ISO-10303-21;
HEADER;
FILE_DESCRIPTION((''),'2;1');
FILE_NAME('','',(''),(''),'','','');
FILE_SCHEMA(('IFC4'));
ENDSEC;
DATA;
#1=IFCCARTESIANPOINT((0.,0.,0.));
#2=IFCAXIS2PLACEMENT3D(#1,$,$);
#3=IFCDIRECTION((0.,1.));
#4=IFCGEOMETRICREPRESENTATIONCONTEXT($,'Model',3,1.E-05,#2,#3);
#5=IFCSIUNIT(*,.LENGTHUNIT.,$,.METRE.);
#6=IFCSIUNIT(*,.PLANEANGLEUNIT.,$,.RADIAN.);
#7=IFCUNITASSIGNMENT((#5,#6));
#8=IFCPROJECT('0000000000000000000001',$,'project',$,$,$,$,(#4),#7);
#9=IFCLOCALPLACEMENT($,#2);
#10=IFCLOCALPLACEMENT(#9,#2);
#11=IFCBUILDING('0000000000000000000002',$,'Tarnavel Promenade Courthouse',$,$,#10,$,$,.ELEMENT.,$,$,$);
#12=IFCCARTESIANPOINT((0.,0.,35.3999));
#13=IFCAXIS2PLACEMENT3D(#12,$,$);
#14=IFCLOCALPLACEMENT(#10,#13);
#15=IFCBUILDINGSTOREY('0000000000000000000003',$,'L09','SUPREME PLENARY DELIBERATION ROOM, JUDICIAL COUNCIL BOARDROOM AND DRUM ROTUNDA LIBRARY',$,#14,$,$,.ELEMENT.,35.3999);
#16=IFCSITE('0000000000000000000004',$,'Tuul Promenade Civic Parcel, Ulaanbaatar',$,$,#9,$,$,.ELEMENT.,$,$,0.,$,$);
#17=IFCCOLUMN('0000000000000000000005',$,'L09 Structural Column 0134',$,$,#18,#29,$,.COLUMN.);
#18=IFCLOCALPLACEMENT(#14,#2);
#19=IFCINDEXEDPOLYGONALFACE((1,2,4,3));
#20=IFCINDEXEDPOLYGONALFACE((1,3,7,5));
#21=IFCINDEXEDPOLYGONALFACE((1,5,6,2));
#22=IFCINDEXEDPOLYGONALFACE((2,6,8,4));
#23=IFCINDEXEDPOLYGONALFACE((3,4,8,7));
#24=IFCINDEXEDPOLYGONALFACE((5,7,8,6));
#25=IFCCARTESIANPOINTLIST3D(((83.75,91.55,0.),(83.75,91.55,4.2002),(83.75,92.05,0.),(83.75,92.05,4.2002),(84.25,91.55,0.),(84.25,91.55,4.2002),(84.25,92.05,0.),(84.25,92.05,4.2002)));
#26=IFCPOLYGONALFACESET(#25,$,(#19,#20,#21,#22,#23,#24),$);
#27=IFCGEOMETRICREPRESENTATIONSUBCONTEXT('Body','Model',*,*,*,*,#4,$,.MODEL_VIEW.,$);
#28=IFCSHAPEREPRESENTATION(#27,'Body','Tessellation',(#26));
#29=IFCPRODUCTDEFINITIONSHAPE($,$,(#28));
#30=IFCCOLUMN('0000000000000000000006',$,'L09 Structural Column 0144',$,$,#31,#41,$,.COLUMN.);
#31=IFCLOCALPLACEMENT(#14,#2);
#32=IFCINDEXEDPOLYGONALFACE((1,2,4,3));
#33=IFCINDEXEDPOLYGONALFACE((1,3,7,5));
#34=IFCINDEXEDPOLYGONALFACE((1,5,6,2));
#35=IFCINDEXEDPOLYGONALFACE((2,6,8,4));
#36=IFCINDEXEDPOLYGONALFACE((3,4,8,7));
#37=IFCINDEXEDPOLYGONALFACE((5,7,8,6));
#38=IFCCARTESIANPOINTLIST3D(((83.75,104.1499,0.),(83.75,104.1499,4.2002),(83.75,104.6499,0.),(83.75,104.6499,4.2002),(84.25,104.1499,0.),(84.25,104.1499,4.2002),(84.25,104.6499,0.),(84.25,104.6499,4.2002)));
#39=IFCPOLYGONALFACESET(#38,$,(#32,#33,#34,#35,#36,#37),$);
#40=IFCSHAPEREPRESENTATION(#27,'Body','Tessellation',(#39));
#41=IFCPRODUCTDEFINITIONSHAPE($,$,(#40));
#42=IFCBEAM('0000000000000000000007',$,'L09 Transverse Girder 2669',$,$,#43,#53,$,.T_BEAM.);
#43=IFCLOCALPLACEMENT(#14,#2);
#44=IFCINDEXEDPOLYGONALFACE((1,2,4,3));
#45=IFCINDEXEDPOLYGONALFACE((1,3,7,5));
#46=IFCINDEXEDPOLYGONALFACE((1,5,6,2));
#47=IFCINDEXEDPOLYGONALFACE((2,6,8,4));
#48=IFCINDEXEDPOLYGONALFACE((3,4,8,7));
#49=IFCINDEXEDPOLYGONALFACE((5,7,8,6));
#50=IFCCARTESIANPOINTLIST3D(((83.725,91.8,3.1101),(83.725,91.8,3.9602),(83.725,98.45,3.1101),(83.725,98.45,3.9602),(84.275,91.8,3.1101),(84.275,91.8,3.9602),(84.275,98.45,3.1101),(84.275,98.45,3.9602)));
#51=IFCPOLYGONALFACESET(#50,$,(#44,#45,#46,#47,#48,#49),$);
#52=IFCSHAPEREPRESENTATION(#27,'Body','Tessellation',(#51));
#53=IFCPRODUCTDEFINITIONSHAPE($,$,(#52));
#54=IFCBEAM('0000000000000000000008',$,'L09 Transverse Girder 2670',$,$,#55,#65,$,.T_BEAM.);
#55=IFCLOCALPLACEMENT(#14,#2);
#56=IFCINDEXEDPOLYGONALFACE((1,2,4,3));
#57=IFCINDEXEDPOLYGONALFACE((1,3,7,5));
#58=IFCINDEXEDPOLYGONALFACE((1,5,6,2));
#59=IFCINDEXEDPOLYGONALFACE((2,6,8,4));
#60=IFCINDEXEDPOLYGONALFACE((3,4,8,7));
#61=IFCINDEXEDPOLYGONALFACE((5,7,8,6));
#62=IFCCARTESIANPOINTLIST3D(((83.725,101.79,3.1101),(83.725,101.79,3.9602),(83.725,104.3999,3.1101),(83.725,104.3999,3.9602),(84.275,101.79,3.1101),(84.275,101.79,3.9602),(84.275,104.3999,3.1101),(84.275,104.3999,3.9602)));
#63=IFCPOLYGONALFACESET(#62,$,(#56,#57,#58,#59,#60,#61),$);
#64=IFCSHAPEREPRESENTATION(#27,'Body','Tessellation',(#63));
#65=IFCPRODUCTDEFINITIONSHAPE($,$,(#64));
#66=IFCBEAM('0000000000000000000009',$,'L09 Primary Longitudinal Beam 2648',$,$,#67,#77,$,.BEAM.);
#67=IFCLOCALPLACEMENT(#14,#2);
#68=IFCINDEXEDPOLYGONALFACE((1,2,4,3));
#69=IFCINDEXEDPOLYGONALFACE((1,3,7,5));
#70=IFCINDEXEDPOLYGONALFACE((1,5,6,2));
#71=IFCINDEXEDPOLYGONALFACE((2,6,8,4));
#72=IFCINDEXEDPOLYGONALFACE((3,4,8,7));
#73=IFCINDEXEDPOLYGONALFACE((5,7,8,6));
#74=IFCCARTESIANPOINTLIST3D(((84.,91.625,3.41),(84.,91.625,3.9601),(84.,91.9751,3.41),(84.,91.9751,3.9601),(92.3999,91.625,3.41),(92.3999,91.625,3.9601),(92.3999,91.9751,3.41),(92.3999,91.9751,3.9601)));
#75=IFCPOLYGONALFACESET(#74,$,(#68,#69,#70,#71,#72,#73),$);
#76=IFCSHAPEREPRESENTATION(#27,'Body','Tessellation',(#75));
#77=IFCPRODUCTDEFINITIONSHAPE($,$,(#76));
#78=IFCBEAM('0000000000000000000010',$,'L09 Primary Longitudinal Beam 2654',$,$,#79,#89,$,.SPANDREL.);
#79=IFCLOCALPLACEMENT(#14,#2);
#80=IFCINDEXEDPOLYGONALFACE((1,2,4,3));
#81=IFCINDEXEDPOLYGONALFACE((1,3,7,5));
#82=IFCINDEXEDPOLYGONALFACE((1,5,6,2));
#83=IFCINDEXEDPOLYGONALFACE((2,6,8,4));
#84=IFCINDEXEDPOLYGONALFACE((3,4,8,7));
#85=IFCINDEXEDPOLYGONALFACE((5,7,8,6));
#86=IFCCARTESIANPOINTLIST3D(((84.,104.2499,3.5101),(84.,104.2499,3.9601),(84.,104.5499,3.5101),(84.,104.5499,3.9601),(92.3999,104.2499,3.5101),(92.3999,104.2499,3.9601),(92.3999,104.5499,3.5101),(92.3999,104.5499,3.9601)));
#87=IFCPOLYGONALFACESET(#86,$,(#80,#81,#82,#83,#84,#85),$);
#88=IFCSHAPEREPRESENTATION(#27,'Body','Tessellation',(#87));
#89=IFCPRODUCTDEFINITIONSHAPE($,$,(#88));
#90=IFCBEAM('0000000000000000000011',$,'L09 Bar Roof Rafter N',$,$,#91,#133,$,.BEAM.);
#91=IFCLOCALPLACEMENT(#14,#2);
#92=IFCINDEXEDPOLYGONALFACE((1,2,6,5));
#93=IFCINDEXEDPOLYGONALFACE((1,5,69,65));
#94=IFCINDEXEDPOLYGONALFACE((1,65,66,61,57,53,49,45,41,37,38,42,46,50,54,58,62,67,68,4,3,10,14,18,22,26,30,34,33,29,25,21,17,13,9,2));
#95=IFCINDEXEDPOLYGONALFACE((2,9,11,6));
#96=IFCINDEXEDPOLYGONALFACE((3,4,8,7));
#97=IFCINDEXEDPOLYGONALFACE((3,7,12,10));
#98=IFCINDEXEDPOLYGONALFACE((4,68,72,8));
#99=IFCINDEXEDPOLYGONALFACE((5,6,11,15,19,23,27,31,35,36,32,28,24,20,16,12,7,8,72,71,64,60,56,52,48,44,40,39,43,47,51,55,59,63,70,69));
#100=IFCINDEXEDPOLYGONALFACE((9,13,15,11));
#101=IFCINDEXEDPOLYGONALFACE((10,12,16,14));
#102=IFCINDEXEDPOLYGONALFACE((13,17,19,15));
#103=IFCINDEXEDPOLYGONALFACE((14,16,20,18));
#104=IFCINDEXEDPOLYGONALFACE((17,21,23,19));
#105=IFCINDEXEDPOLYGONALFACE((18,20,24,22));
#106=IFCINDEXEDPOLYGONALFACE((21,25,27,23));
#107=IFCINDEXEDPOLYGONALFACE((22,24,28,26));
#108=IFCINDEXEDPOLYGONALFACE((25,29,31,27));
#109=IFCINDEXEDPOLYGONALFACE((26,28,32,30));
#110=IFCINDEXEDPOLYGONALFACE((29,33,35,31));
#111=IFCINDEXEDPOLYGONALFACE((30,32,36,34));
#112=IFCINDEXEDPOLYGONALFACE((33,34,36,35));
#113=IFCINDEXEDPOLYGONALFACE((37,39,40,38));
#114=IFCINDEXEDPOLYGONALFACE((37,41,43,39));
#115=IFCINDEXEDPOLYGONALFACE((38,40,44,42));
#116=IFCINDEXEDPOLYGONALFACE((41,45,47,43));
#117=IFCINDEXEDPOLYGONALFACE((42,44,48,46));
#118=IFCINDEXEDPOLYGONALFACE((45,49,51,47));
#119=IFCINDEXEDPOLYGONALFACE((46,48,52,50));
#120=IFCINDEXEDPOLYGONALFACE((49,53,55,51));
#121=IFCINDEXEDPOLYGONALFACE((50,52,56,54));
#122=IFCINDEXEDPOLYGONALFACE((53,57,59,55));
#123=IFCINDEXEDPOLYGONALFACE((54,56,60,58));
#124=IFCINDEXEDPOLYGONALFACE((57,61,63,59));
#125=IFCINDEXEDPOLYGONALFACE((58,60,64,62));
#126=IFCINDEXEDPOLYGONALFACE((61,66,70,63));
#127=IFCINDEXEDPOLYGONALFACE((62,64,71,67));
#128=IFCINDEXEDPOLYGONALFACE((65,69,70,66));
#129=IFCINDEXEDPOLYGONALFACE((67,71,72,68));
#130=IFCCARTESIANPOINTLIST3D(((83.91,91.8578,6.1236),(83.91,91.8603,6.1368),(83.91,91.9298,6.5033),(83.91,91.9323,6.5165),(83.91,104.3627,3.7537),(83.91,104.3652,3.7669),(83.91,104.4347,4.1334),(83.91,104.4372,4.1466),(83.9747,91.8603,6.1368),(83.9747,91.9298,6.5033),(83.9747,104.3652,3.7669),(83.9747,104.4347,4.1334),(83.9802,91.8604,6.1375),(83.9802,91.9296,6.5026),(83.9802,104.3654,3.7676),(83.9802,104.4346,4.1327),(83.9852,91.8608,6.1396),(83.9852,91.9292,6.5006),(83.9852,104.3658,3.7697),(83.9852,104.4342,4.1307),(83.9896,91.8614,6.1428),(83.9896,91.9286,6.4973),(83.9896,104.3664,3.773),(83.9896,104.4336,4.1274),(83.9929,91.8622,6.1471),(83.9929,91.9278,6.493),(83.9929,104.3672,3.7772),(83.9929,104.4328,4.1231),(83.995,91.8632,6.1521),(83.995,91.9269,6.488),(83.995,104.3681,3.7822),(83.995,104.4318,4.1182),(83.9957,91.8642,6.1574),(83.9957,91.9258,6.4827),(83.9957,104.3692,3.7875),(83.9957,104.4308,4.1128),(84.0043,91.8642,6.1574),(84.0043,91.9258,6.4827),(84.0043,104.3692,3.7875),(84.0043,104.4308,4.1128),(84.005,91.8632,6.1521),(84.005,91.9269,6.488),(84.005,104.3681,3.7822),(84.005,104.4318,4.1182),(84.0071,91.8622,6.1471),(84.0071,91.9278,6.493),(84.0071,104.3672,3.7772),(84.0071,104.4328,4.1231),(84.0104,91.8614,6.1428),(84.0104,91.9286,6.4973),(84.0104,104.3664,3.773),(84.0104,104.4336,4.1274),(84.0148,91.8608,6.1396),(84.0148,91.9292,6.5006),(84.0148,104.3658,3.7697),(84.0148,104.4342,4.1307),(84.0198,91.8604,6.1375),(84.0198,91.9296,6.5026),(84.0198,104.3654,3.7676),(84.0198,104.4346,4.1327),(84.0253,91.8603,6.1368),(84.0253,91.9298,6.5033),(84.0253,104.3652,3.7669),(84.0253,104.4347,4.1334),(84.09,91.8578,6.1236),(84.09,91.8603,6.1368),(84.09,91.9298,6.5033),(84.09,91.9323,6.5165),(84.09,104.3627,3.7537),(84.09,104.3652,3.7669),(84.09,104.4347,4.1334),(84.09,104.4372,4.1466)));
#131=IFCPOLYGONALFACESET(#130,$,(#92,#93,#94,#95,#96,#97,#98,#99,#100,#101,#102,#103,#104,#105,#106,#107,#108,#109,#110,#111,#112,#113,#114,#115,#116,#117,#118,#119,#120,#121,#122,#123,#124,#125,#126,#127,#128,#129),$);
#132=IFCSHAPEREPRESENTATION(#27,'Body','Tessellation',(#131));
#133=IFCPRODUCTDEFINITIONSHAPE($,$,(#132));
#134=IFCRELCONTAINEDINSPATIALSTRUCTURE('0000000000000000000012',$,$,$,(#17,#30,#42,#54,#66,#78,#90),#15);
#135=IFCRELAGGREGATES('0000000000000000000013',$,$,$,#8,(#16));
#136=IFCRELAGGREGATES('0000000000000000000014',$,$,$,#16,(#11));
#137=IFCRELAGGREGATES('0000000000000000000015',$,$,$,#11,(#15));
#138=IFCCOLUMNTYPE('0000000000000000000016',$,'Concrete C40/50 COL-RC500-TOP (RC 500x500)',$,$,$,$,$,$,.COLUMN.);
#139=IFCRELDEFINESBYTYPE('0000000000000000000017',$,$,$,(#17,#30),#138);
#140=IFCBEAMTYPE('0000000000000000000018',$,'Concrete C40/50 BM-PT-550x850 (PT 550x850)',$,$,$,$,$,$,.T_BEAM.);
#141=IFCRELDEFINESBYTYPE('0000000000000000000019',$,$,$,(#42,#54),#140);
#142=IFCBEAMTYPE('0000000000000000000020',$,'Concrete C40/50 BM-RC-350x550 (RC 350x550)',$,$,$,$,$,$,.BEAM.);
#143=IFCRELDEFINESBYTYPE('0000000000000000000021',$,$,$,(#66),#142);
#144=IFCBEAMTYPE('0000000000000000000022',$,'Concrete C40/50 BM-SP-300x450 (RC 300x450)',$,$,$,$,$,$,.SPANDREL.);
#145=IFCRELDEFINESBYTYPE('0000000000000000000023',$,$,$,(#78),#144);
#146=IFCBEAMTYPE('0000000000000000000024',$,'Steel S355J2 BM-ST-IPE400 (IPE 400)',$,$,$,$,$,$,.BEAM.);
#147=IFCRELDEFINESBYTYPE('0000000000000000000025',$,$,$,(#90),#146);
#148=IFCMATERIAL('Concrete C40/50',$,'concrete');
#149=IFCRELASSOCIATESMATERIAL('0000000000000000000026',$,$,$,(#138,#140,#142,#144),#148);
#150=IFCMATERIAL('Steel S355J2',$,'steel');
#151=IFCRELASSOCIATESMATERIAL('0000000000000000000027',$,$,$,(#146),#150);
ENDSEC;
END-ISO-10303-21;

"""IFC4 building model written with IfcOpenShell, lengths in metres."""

from ifc_helpers import new_model, si_unit, direction, frame, origin, origin_2d, place, context, subcontext, project, spatial, rectangle, i_section, extrude, material, material_profile, profile_set, type_object, element, save


model = new_model("IFC4")

# Units and contexts
model_context = context("Model", 3, precision=1e-05, world=origin(), true_north=direction((0.0, 1.0)))
body_context = subcontext(model_context, "Body", "Model", "MODEL_VIEW")
ifc_project = project(units=[si_unit("LENGTHUNIT", "METRE"), si_unit("PLANEANGLEUNIT", "RADIAN")], contexts=[model_context])

# Site, building, storey
site_placement = place(None, origin())
site = spatial("IfcSite", under=ifc_project, at=site_placement, Name="Tuul Promenade Civic Parcel, Ulaanbaatar", CompositionType="ELEMENT", RefElevation=0.0)
building_placement = place(site_placement, origin())
building = spatial("IfcBuilding", under=site, at=building_placement, Name="Tarnavel Promenade Courthouse", CompositionType="ELEMENT")
storey_placement = place(building_placement, frame((0.0, 0.0, 35.3999)))
storey = spatial("IfcBuildingStorey", under=building, at=storey_placement, Name="L09", Description="SUPREME PLENARY DELIBERATION ROOM, JUDICIAL COUNCIL BOARDROOM AND DRUM ROTUNDA LIBRARY", CompositionType="ELEMENT", Elevation=35.3999)

# Columns
ifc_material_1 = material(Name="Concrete C40/50", Category="concrete")
ifc_material_profile_1 = material_profile(ifc_material_1, rectangle(XDim=0.5, YDim=0.5, at=origin_2d()), Name="RC 500x500")
ifc_profile_set_1 = profile_set([ifc_material_profile_1], Name="Concrete C40/50")
column_type = type_object("IfcColumnType", Name="Concrete C40/50 COL-RC500-TOP (RC 500x500)", PredefinedType="COLUMN", material=ifc_profile_set_1)
for number, where, z_axis, x_axis, name in (
    (1, (84.0, 91.8, 0.0), (0.0, 0.0, 1.0), (1.0, 0.0, 0.0), "L09 Structural Column 0134"),
    (2, (84.0, 104.3999, 0.0), (0.0, 0.0, 1.0), (1.0, 0.0, 0.0), "L09 Structural Column 0144"),
):
    element("IfcColumn", number, at=place(storey_placement, frame(where, z_axis=z_axis, x_axis=x_axis)), inside=storey, type_object=column_type, Name=name, PredefinedType="COLUMN", context=body_context, shape_type="SweptSolid", body=[
        extrude(rectangle(XDim=0.5, YDim=0.5, at=origin_2d()), origin(), (0.0, 0.0, 1.0), 4.2002),
    ])

# Beams
ifc_material_profile_2 = material_profile(ifc_material_1, rectangle(XDim=0.55, YDim=0.8501, at=origin_2d()), Name="PT 550x850")
ifc_profile_set_2 = profile_set([ifc_material_profile_2], Name="Concrete C40/50")
beam_type_1 = type_object("IfcBeamType", Name="Concrete C40/50 BM-PT-550x850 (PT 550x850)", PredefinedType="T_BEAM", material=ifc_profile_set_2)
beam_1_placement = place(storey_placement, frame((84.0, 91.8, 3.5352), z_axis=(0.0, 1.0, 0.0), x_axis=(-1.0, 0.0, 0.0)))
element("IfcBeam", 3, at=beam_1_placement, inside=storey, type_object=beam_type_1, Name="L09 Transverse Girder 2669", PredefinedType="T_BEAM", context=body_context, shape_type="SweptSolid", body=[
    extrude(rectangle(XDim=0.55, YDim=0.8501, at=origin_2d()), origin(), (0.0, 0.0, 1.0), 6.6499),
])
beam_2_placement = place(storey_placement, frame((84.0, 101.79, 3.5352), z_axis=(0.0, 1.0, 0.0), x_axis=(-1.0, 0.0, 0.0)))
element("IfcBeam", 4, at=beam_2_placement, inside=storey, type_object=beam_type_1, Name="L09 Transverse Girder 2670", PredefinedType="T_BEAM", context=body_context, shape_type="SweptSolid", body=[
    extrude(rectangle(XDim=0.55, YDim=0.8501, at=origin_2d()), origin(), (0.0, 0.0, 1.0), 2.6099),
])
ifc_material_profile_3 = material_profile(ifc_material_1, rectangle(XDim=0.3501, YDim=0.55, at=origin_2d()), Name="RC 350x550")
ifc_profile_set_3 = profile_set([ifc_material_profile_3], Name="Concrete C40/50")
beam_type_2 = type_object("IfcBeamType", Name="Concrete C40/50 BM-RC-350x550 (RC 350x550)", PredefinedType="BEAM", material=ifc_profile_set_3)
beam_3_placement = place(storey_placement, frame((84.0, 91.8, 3.6851), z_axis=(1.0, 0.0, 0.0), x_axis=(0.0, 1.0, 0.0)))
element("IfcBeam", 5, at=beam_3_placement, inside=storey, type_object=beam_type_2, Name="L09 Primary Longitudinal Beam 2648", PredefinedType="BEAM", context=body_context, shape_type="SweptSolid", body=[
    extrude(rectangle(XDim=0.3501, YDim=0.55, at=origin_2d()), origin(), (0.0, 0.0, 1.0), 8.3999),
])
ifc_material_profile_4 = material_profile(ifc_material_1, rectangle(XDim=0.3, YDim=0.45, at=origin_2d()), Name="RC 300x450")
ifc_profile_set_4 = profile_set([ifc_material_profile_4], Name="Concrete C40/50")
beam_type_3 = type_object("IfcBeamType", Name="Concrete C40/50 BM-SP-300x450 (RC 300x450)", PredefinedType="SPANDREL", material=ifc_profile_set_4)
beam_4_placement = place(storey_placement, frame((84.0, 104.3999, 3.7351), z_axis=(1.0, 0.0, 0.0), x_axis=(0.0, 1.0, 0.0)))
element("IfcBeam", 6, at=beam_4_placement, inside=storey, type_object=beam_type_3, Name="L09 Primary Longitudinal Beam 2654", PredefinedType="SPANDREL", context=body_context, shape_type="SweptSolid", body=[
    extrude(rectangle(XDim=0.3, YDim=0.45, at=origin_2d()), origin(), (0.0, 0.0, 1.0), 8.3999),
])
ifc_material_2 = material(Name="Steel S355J2", Category="steel")
ifc_material_profile_5 = material_profile(ifc_material_2, i_section(OverallWidth=0.1799, OverallDepth=0.3999, WebThickness=0.0085, FlangeThickness=0.0134, FilletRadius=0.021, at=origin_2d()), Name="IPE 400")
ifc_profile_set_5 = profile_set([ifc_material_profile_5], Name="Steel S355J2")
beam_type_4 = type_object("IfcBeamType", Name="Steel S355J2 BM-ST-IPE400 (IPE 400)", PredefinedType="BEAM", material=ifc_profile_set_5)
beam_5_placement = place(storey_placement, frame((84.0, 91.895, 6.3201), z_axis=(0.0, 0.982512, -0.186201), x_axis=(-1.0, 0.0, 0.0)))
element("IfcBeam", 7, at=beam_5_placement, inside=storey, type_object=beam_type_4, Name="L09 Bar Roof Rafter N", PredefinedType="BEAM", context=body_context, shape_type="SweptSolid", body=[
    extrude(i_section(OverallWidth=0.1799, OverallDepth=0.3999, WebThickness=0.0085, FlangeThickness=0.0134, FilletRadius=0.021, at=origin_2d()), origin(), (0.0, 0.0, 1.0), 12.7275),
])

save(model, "model.ifc")
